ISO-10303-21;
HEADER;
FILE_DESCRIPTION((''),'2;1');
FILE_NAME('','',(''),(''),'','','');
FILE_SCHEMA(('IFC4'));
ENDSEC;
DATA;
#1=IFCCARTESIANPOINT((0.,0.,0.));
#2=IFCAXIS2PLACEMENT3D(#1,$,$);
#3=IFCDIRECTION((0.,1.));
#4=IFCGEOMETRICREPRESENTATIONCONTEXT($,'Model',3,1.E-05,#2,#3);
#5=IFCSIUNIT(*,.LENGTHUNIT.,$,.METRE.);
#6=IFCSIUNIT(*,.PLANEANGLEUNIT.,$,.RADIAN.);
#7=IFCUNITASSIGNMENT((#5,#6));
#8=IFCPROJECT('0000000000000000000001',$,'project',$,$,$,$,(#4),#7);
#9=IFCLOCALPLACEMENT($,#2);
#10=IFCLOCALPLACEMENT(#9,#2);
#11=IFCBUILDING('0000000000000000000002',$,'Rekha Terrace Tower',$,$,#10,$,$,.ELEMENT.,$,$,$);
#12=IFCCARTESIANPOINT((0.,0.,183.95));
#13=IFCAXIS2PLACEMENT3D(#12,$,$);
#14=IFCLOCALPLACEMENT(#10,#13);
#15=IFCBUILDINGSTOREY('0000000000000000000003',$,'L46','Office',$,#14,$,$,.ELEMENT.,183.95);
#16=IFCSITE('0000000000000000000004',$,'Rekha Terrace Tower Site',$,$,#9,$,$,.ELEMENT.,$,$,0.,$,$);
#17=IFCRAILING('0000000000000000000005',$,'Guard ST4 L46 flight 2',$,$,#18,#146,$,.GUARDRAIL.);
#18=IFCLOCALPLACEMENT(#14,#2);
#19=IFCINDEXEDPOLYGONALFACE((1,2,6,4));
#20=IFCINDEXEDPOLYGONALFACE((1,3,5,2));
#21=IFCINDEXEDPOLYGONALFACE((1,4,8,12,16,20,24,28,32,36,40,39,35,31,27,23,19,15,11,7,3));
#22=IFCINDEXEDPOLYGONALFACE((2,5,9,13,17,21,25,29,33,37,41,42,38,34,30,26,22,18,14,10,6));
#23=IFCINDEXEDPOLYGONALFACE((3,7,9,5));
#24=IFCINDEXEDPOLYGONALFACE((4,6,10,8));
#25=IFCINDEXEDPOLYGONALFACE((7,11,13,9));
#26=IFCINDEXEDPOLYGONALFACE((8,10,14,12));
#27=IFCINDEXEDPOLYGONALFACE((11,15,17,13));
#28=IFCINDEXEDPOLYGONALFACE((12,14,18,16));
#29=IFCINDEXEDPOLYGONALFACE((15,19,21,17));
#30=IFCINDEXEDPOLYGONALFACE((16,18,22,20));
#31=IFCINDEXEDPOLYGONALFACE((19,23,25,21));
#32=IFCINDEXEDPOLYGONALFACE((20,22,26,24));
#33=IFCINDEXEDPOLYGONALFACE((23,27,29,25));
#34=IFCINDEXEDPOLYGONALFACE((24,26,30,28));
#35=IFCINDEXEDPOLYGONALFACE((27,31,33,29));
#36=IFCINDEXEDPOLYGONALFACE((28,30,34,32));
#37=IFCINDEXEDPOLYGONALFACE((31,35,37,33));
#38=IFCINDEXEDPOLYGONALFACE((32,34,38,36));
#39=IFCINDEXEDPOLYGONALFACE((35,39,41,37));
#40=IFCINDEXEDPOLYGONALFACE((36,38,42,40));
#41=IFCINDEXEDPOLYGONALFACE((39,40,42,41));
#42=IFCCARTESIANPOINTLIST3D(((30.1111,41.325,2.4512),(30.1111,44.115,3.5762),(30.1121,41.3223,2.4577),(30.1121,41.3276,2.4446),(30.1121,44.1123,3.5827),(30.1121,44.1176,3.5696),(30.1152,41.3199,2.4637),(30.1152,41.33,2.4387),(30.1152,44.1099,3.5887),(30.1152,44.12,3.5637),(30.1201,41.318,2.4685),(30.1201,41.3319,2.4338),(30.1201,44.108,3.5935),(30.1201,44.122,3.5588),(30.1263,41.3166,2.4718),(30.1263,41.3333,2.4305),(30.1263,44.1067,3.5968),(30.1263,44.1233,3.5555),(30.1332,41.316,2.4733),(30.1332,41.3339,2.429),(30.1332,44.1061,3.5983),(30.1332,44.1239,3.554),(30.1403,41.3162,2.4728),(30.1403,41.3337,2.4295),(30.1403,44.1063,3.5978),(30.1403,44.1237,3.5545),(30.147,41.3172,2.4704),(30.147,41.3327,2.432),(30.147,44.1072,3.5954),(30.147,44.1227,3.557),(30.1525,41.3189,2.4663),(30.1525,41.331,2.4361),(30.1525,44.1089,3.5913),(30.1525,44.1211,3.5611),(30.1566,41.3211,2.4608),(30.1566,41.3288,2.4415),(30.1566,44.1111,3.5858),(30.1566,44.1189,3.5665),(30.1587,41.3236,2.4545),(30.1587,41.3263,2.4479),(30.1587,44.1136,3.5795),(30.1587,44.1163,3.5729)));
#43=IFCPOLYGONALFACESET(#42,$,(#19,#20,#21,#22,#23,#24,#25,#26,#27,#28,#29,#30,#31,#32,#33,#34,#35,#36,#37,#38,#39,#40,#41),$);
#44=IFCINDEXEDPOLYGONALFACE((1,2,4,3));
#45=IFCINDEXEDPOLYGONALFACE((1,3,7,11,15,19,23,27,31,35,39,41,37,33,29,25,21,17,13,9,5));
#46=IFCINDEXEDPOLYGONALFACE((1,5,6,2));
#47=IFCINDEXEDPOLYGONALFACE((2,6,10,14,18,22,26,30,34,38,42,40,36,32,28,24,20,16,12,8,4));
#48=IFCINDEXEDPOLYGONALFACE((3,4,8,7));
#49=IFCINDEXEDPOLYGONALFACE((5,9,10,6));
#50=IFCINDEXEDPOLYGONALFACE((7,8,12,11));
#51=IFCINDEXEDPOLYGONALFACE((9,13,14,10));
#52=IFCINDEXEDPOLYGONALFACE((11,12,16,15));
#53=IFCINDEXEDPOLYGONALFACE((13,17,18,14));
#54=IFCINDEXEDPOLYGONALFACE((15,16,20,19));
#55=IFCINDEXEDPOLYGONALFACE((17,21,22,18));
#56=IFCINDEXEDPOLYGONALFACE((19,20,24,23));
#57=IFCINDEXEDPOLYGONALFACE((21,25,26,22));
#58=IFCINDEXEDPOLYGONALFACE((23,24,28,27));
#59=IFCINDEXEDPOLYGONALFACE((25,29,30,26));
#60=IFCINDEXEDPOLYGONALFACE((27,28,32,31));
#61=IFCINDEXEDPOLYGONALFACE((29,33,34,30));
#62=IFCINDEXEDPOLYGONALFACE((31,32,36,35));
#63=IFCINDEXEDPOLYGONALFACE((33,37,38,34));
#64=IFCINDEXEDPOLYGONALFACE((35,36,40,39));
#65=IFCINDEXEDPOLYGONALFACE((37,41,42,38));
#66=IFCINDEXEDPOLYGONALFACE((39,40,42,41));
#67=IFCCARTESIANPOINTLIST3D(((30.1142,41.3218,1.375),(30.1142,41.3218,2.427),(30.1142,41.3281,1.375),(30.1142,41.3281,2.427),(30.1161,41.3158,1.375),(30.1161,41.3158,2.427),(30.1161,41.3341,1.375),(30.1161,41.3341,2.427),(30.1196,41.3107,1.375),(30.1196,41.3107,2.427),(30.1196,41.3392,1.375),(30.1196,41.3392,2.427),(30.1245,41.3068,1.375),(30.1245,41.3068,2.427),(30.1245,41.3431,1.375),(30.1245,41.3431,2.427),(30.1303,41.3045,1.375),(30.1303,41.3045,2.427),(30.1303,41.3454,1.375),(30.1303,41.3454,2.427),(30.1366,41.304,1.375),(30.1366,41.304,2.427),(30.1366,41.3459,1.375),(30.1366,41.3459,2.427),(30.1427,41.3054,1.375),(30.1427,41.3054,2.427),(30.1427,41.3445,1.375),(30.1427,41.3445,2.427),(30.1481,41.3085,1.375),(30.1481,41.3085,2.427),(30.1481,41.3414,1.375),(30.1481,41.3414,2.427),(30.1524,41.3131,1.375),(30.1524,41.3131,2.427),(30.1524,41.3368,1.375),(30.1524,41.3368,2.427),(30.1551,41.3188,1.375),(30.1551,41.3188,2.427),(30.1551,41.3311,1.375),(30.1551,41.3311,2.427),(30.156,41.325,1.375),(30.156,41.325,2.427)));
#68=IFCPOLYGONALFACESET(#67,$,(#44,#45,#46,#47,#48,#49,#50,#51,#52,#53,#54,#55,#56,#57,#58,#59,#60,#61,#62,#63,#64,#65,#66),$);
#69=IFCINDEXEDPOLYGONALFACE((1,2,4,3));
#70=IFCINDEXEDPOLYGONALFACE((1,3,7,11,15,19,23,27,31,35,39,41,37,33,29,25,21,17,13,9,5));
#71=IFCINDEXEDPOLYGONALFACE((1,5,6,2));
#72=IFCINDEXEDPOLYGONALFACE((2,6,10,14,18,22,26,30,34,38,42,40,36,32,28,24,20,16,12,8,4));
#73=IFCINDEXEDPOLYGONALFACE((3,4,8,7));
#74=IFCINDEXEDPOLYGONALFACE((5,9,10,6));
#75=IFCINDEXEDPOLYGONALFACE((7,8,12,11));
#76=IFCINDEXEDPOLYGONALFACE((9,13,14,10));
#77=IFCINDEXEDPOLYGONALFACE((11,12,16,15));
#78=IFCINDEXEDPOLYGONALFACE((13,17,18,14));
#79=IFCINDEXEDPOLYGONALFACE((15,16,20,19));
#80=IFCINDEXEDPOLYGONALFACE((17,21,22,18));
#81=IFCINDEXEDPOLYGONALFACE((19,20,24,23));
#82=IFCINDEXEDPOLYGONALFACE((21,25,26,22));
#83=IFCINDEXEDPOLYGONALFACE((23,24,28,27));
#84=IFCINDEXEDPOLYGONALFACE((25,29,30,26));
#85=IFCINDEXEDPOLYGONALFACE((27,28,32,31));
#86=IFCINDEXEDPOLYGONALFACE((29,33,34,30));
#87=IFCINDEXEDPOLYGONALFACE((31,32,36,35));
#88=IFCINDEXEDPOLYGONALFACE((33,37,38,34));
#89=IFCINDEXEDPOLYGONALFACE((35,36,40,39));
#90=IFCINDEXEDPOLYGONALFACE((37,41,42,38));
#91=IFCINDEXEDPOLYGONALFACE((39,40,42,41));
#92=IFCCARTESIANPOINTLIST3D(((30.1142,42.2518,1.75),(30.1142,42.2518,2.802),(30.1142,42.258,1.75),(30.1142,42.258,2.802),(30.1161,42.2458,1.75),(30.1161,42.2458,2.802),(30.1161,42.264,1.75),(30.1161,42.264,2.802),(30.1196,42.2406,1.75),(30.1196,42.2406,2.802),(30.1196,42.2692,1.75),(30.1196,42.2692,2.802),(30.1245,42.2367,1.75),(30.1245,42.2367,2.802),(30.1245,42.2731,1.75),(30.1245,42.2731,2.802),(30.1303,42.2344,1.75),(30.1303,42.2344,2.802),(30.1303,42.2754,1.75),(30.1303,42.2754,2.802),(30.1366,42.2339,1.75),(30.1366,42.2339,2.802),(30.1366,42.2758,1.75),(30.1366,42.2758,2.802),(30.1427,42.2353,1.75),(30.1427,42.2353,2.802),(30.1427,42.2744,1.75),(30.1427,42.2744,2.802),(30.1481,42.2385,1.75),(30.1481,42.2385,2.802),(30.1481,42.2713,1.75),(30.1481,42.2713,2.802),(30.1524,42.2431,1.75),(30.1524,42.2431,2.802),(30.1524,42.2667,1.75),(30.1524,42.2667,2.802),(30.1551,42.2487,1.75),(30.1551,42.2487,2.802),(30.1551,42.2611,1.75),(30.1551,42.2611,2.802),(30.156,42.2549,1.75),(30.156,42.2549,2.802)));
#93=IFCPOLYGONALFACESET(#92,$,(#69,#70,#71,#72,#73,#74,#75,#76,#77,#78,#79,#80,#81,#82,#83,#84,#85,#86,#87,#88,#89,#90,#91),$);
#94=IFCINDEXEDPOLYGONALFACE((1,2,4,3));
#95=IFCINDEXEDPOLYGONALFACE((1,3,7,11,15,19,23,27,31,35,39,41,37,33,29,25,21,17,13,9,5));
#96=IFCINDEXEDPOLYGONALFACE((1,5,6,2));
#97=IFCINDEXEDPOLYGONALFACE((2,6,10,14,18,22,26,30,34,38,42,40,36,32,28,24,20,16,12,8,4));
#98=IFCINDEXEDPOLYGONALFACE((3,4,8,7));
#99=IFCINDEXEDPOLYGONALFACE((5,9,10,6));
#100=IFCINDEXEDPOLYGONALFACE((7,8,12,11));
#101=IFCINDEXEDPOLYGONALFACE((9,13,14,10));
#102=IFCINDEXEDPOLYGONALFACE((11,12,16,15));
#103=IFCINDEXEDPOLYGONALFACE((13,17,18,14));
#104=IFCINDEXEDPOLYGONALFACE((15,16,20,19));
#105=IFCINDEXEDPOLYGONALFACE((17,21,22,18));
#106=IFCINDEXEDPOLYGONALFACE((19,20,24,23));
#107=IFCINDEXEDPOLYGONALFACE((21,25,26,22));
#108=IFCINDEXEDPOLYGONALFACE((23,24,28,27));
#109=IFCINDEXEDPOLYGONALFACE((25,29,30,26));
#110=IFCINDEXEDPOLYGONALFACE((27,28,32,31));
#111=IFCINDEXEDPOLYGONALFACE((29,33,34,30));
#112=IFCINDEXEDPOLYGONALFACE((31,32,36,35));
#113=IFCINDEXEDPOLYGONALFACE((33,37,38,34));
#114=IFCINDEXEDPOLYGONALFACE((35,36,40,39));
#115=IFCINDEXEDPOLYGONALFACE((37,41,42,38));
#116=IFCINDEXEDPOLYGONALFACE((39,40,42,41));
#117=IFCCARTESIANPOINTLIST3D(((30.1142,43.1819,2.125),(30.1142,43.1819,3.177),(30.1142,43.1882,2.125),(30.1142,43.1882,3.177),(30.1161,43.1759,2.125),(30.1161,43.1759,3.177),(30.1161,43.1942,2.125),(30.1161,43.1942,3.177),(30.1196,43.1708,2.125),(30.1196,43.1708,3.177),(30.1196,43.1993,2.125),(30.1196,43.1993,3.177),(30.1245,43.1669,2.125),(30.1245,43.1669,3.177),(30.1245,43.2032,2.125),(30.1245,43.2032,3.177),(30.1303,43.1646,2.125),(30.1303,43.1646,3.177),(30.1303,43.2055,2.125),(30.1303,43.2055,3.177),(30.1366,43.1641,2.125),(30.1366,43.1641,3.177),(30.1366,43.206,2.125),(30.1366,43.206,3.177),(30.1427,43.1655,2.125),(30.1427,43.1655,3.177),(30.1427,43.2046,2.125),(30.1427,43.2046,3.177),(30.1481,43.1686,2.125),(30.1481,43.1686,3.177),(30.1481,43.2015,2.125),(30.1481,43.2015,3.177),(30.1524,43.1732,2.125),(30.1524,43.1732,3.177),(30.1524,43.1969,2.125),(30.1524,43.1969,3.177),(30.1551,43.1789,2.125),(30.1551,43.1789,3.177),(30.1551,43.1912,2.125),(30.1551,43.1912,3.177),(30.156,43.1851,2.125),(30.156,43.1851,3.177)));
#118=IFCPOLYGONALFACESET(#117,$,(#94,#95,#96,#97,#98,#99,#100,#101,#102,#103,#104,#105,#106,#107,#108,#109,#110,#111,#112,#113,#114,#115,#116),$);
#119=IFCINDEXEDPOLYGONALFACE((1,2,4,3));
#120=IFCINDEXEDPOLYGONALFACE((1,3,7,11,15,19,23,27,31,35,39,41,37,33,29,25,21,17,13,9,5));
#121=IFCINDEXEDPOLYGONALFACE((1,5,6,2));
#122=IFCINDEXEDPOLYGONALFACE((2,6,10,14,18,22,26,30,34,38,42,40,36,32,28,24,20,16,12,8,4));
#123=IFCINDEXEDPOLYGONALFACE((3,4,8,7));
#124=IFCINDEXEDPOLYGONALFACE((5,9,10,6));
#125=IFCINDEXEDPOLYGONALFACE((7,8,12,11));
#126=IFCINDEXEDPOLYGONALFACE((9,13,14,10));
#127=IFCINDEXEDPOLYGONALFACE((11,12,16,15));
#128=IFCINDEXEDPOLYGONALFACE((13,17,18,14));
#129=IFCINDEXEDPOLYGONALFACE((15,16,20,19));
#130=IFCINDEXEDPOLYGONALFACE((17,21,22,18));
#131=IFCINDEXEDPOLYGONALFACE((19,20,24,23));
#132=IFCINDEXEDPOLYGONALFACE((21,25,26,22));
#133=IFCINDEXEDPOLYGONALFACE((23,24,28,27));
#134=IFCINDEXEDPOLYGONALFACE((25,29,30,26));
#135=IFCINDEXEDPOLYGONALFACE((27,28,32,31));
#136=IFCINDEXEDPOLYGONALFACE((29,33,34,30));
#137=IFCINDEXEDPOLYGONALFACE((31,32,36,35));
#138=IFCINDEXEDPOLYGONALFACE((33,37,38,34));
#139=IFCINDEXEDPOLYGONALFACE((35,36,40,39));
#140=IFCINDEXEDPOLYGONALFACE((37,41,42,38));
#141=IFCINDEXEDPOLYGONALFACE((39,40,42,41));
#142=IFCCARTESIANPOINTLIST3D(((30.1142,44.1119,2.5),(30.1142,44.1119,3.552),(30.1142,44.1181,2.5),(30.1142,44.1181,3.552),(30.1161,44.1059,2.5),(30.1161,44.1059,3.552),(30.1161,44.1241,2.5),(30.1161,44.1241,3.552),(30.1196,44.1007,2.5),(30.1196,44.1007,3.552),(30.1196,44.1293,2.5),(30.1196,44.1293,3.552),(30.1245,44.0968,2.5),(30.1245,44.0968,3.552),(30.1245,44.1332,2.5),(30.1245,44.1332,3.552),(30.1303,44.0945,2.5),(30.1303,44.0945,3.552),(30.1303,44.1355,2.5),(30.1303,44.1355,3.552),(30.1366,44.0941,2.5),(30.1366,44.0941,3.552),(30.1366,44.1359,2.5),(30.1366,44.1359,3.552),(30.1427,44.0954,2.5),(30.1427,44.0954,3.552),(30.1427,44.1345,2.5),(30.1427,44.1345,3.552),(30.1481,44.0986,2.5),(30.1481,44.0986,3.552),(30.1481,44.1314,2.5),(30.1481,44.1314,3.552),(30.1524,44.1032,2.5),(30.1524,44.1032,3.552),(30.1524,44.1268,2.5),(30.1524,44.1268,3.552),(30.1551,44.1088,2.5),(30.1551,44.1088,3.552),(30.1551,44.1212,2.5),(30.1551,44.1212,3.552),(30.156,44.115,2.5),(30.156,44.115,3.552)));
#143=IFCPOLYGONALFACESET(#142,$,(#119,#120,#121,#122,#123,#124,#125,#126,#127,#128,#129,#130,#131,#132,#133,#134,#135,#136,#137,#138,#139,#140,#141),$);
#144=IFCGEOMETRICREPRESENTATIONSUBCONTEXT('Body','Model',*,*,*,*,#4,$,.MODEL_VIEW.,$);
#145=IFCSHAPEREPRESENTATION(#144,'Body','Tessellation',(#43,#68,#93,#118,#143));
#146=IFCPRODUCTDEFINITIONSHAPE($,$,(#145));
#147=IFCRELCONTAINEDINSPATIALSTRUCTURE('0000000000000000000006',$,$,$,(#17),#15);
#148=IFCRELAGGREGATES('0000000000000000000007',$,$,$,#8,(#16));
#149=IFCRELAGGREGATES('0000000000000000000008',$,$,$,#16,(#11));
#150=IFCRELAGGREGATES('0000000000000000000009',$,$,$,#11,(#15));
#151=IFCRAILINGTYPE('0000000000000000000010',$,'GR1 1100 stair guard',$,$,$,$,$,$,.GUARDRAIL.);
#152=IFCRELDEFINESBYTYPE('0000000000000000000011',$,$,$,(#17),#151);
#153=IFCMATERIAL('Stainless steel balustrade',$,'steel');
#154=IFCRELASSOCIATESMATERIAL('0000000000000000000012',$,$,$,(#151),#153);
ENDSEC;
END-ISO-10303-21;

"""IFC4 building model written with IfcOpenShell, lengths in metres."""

from ifc_helpers import new_model, si_unit, direction, frame, origin, origin_2d, place, context, subcontext, project, spatial, circle, extrude, material, type_object, element, save


model = new_model("IFC4")

# Units and contexts
model_context = context("Model", 3, precision=1e-05, world=origin(), true_north=direction((0.0, 1.0)))
body_context = subcontext(model_context, "Body", "Model", "MODEL_VIEW")
ifc_project = project(units=[si_unit("LENGTHUNIT", "METRE"), si_unit("PLANEANGLEUNIT", "RADIAN")], contexts=[model_context])

# Site, building, storey
site_placement = place(None, origin())
site = spatial("IfcSite", under=ifc_project, at=site_placement, Name="Rekha Terrace Tower Site", CompositionType="ELEMENT", RefElevation=0.0)
building_placement = place(site_placement, origin())
building = spatial("IfcBuilding", under=site, at=building_placement, Name="Rekha Terrace Tower", CompositionType="ELEMENT")
storey_placement = place(building_placement, frame((0.0, 0.0, 183.95)))
storey = spatial("IfcBuildingStorey", under=building, at=storey_placement, Name="L46", Description="Office", CompositionType="ELEMENT", Elevation=183.95)

# Railing
ifc_material_1 = material(Name="Stainless steel balustrade", Category="steel")
railing_type_1 = type_object("IfcRailingType", Name="GR1 1100 stair guard", PredefinedType="GUARDRAIL", material=ifc_material_1)
railing_1_placement = place(storey_placement, frame((30.135, 41.325, 1.375)))
element("IfcRailing", 1, at=railing_1_placement, inside=storey, type_object=railing_type_1, Name="Guard ST4 L46 flight 2", PredefinedType="GUARDRAIL", context=body_context, shape_type="SweptSolid", body=[
    extrude(circle(Radius=0.0239, at=origin_2d()), frame((0.0, 0.0, 1.0762), z_axis=(0.0, 0.927443, 0.373964), x_axis=(-1.0, 0.0, 0.0)), (0.0, 0.0, 1.0), 3.0083),
    extrude(circle(Radius=0.021, at=origin_2d()), origin(), (0.0, 0.0, 1.0), 1.052),
    extrude(circle(Radius=0.021, at=origin_2d()), frame((0.0, 0.9299, 0.375)), (0.0, 0.0, 1.0), 1.052),
    extrude(circle(Radius=0.021, at=origin_2d()), frame((0.0, 1.8601, 0.75)), (0.0, 0.0, 1.0), 1.052),
    extrude(circle(Radius=0.021, at=origin_2d()), frame((0.0, 2.79, 1.125)), (0.0, 0.0, 1.0), 1.052),
])

save(model, "model.ifc")
